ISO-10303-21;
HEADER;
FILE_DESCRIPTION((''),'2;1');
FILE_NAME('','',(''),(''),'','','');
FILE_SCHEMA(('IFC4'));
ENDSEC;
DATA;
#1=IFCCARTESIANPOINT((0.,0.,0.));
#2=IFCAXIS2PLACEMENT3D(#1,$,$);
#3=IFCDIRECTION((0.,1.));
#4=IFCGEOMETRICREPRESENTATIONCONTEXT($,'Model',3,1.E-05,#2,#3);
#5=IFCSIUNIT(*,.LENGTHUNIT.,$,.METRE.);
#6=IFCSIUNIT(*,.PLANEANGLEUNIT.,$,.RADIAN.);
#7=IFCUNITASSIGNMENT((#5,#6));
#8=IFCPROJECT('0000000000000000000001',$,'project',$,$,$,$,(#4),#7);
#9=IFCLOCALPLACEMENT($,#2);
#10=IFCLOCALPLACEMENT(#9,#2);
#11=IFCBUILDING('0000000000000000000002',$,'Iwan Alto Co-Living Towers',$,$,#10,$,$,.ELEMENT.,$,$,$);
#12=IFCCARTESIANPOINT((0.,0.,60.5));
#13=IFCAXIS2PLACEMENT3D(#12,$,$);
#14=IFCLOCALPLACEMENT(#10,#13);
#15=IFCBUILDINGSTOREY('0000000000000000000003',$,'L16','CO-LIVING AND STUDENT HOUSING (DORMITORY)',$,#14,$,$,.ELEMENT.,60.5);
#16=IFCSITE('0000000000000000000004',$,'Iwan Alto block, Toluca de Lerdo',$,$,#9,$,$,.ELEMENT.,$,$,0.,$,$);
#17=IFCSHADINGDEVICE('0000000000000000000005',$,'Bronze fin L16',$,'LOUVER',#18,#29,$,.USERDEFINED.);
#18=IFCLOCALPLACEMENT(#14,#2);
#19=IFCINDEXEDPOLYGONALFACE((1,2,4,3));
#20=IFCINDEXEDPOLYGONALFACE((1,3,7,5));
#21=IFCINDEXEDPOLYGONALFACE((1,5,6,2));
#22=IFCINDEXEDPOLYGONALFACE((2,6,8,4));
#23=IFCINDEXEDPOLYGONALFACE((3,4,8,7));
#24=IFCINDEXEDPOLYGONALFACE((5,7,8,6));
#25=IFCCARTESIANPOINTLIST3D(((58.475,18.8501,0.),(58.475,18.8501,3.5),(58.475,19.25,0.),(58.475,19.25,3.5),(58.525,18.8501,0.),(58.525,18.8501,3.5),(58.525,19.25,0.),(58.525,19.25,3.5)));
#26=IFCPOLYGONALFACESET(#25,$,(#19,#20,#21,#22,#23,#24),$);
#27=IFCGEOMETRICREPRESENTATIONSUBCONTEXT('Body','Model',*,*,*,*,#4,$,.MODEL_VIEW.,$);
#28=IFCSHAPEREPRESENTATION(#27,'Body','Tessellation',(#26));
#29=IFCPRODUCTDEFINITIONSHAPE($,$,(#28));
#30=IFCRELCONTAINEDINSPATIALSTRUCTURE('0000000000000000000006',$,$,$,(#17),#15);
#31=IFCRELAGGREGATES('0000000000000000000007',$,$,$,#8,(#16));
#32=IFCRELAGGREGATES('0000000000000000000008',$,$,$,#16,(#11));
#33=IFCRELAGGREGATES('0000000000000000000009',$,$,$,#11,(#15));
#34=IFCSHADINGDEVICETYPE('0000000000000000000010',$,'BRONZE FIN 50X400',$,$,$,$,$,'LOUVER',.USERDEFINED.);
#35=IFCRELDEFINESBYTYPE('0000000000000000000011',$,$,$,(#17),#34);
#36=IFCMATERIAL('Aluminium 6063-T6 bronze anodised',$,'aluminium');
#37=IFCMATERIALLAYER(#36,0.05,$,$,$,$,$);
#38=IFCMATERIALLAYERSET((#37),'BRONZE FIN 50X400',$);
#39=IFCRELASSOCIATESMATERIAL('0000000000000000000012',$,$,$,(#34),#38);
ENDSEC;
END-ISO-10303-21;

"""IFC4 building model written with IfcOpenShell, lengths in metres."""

from ifc_helpers import new_model, si_unit, direction, frame, origin, origin_2d, place, context, subcontext, project, spatial, rectangle, extrude, material, layer, layer_set, type_object, element, save


model = new_model("IFC4")

# Units and contexts
model_context = context("Model", 3, precision=1e-05, world=origin(), true_north=direction((0.0, 1.0)))
body_context = subcontext(model_context, "Body", "Model", "MODEL_VIEW")
ifc_project = project(units=[si_unit("LENGTHUNIT", "METRE"), si_unit("PLANEANGLEUNIT", "RADIAN")], contexts=[model_context])

# Site, building, storey
site_placement = place(None, origin())
site = spatial("IfcSite", under=ifc_project, at=site_placement, Name="Iwan Alto block, Toluca de Lerdo", CompositionType="ELEMENT", RefElevation=0.0)
building_placement = place(site_placement, origin())
building = spatial("IfcBuilding", under=site, at=building_placement, Name="Iwan Alto Co-Living Towers", CompositionType="ELEMENT")
storey_placement = place(building_placement, frame((0.0, 0.0, 60.5)))
storey = spatial("IfcBuildingStorey", under=building, at=storey_placement, Name="L16", Description="CO-LIVING AND STUDENT HOUSING (DORMITORY)", CompositionType="ELEMENT", Elevation=60.5)

# Shading device
ifc_material_1 = material(Name="Aluminium 6063-T6 bronze anodised", Category="aluminium")
ifc_layer_1 = layer(ifc_material_1, 0.05)
ifc_layer_set_1 = layer_set([ifc_layer_1], Name="BRONZE FIN 50X400")
shading_device_type = type_object("IfcShadingDeviceType", Name="BRONZE FIN 50X400", ElementType="LOUVER", PredefinedType="USERDEFINED", material=ifc_layer_set_1)
shading_device_placement = place(storey_placement, frame((58.5, 19.05, 0.0), z_axis=(0.0, 0.0, 1.0), x_axis=(-1.0, 0.0, 0.0)))
element("IfcShadingDevice", 1, at=shading_device_placement, inside=storey, type_object=shading_device_type, Name="Bronze fin L16", ObjectType="LOUVER", PredefinedType="USERDEFINED", context=body_context, shape_type="SweptSolid", body=[
    extrude(rectangle(XDim=0.05, YDim=0.3999, at=origin_2d()), origin(), (0.0, 0.0, 1.0), 3.5),
])

save(model, "model.ifc")
